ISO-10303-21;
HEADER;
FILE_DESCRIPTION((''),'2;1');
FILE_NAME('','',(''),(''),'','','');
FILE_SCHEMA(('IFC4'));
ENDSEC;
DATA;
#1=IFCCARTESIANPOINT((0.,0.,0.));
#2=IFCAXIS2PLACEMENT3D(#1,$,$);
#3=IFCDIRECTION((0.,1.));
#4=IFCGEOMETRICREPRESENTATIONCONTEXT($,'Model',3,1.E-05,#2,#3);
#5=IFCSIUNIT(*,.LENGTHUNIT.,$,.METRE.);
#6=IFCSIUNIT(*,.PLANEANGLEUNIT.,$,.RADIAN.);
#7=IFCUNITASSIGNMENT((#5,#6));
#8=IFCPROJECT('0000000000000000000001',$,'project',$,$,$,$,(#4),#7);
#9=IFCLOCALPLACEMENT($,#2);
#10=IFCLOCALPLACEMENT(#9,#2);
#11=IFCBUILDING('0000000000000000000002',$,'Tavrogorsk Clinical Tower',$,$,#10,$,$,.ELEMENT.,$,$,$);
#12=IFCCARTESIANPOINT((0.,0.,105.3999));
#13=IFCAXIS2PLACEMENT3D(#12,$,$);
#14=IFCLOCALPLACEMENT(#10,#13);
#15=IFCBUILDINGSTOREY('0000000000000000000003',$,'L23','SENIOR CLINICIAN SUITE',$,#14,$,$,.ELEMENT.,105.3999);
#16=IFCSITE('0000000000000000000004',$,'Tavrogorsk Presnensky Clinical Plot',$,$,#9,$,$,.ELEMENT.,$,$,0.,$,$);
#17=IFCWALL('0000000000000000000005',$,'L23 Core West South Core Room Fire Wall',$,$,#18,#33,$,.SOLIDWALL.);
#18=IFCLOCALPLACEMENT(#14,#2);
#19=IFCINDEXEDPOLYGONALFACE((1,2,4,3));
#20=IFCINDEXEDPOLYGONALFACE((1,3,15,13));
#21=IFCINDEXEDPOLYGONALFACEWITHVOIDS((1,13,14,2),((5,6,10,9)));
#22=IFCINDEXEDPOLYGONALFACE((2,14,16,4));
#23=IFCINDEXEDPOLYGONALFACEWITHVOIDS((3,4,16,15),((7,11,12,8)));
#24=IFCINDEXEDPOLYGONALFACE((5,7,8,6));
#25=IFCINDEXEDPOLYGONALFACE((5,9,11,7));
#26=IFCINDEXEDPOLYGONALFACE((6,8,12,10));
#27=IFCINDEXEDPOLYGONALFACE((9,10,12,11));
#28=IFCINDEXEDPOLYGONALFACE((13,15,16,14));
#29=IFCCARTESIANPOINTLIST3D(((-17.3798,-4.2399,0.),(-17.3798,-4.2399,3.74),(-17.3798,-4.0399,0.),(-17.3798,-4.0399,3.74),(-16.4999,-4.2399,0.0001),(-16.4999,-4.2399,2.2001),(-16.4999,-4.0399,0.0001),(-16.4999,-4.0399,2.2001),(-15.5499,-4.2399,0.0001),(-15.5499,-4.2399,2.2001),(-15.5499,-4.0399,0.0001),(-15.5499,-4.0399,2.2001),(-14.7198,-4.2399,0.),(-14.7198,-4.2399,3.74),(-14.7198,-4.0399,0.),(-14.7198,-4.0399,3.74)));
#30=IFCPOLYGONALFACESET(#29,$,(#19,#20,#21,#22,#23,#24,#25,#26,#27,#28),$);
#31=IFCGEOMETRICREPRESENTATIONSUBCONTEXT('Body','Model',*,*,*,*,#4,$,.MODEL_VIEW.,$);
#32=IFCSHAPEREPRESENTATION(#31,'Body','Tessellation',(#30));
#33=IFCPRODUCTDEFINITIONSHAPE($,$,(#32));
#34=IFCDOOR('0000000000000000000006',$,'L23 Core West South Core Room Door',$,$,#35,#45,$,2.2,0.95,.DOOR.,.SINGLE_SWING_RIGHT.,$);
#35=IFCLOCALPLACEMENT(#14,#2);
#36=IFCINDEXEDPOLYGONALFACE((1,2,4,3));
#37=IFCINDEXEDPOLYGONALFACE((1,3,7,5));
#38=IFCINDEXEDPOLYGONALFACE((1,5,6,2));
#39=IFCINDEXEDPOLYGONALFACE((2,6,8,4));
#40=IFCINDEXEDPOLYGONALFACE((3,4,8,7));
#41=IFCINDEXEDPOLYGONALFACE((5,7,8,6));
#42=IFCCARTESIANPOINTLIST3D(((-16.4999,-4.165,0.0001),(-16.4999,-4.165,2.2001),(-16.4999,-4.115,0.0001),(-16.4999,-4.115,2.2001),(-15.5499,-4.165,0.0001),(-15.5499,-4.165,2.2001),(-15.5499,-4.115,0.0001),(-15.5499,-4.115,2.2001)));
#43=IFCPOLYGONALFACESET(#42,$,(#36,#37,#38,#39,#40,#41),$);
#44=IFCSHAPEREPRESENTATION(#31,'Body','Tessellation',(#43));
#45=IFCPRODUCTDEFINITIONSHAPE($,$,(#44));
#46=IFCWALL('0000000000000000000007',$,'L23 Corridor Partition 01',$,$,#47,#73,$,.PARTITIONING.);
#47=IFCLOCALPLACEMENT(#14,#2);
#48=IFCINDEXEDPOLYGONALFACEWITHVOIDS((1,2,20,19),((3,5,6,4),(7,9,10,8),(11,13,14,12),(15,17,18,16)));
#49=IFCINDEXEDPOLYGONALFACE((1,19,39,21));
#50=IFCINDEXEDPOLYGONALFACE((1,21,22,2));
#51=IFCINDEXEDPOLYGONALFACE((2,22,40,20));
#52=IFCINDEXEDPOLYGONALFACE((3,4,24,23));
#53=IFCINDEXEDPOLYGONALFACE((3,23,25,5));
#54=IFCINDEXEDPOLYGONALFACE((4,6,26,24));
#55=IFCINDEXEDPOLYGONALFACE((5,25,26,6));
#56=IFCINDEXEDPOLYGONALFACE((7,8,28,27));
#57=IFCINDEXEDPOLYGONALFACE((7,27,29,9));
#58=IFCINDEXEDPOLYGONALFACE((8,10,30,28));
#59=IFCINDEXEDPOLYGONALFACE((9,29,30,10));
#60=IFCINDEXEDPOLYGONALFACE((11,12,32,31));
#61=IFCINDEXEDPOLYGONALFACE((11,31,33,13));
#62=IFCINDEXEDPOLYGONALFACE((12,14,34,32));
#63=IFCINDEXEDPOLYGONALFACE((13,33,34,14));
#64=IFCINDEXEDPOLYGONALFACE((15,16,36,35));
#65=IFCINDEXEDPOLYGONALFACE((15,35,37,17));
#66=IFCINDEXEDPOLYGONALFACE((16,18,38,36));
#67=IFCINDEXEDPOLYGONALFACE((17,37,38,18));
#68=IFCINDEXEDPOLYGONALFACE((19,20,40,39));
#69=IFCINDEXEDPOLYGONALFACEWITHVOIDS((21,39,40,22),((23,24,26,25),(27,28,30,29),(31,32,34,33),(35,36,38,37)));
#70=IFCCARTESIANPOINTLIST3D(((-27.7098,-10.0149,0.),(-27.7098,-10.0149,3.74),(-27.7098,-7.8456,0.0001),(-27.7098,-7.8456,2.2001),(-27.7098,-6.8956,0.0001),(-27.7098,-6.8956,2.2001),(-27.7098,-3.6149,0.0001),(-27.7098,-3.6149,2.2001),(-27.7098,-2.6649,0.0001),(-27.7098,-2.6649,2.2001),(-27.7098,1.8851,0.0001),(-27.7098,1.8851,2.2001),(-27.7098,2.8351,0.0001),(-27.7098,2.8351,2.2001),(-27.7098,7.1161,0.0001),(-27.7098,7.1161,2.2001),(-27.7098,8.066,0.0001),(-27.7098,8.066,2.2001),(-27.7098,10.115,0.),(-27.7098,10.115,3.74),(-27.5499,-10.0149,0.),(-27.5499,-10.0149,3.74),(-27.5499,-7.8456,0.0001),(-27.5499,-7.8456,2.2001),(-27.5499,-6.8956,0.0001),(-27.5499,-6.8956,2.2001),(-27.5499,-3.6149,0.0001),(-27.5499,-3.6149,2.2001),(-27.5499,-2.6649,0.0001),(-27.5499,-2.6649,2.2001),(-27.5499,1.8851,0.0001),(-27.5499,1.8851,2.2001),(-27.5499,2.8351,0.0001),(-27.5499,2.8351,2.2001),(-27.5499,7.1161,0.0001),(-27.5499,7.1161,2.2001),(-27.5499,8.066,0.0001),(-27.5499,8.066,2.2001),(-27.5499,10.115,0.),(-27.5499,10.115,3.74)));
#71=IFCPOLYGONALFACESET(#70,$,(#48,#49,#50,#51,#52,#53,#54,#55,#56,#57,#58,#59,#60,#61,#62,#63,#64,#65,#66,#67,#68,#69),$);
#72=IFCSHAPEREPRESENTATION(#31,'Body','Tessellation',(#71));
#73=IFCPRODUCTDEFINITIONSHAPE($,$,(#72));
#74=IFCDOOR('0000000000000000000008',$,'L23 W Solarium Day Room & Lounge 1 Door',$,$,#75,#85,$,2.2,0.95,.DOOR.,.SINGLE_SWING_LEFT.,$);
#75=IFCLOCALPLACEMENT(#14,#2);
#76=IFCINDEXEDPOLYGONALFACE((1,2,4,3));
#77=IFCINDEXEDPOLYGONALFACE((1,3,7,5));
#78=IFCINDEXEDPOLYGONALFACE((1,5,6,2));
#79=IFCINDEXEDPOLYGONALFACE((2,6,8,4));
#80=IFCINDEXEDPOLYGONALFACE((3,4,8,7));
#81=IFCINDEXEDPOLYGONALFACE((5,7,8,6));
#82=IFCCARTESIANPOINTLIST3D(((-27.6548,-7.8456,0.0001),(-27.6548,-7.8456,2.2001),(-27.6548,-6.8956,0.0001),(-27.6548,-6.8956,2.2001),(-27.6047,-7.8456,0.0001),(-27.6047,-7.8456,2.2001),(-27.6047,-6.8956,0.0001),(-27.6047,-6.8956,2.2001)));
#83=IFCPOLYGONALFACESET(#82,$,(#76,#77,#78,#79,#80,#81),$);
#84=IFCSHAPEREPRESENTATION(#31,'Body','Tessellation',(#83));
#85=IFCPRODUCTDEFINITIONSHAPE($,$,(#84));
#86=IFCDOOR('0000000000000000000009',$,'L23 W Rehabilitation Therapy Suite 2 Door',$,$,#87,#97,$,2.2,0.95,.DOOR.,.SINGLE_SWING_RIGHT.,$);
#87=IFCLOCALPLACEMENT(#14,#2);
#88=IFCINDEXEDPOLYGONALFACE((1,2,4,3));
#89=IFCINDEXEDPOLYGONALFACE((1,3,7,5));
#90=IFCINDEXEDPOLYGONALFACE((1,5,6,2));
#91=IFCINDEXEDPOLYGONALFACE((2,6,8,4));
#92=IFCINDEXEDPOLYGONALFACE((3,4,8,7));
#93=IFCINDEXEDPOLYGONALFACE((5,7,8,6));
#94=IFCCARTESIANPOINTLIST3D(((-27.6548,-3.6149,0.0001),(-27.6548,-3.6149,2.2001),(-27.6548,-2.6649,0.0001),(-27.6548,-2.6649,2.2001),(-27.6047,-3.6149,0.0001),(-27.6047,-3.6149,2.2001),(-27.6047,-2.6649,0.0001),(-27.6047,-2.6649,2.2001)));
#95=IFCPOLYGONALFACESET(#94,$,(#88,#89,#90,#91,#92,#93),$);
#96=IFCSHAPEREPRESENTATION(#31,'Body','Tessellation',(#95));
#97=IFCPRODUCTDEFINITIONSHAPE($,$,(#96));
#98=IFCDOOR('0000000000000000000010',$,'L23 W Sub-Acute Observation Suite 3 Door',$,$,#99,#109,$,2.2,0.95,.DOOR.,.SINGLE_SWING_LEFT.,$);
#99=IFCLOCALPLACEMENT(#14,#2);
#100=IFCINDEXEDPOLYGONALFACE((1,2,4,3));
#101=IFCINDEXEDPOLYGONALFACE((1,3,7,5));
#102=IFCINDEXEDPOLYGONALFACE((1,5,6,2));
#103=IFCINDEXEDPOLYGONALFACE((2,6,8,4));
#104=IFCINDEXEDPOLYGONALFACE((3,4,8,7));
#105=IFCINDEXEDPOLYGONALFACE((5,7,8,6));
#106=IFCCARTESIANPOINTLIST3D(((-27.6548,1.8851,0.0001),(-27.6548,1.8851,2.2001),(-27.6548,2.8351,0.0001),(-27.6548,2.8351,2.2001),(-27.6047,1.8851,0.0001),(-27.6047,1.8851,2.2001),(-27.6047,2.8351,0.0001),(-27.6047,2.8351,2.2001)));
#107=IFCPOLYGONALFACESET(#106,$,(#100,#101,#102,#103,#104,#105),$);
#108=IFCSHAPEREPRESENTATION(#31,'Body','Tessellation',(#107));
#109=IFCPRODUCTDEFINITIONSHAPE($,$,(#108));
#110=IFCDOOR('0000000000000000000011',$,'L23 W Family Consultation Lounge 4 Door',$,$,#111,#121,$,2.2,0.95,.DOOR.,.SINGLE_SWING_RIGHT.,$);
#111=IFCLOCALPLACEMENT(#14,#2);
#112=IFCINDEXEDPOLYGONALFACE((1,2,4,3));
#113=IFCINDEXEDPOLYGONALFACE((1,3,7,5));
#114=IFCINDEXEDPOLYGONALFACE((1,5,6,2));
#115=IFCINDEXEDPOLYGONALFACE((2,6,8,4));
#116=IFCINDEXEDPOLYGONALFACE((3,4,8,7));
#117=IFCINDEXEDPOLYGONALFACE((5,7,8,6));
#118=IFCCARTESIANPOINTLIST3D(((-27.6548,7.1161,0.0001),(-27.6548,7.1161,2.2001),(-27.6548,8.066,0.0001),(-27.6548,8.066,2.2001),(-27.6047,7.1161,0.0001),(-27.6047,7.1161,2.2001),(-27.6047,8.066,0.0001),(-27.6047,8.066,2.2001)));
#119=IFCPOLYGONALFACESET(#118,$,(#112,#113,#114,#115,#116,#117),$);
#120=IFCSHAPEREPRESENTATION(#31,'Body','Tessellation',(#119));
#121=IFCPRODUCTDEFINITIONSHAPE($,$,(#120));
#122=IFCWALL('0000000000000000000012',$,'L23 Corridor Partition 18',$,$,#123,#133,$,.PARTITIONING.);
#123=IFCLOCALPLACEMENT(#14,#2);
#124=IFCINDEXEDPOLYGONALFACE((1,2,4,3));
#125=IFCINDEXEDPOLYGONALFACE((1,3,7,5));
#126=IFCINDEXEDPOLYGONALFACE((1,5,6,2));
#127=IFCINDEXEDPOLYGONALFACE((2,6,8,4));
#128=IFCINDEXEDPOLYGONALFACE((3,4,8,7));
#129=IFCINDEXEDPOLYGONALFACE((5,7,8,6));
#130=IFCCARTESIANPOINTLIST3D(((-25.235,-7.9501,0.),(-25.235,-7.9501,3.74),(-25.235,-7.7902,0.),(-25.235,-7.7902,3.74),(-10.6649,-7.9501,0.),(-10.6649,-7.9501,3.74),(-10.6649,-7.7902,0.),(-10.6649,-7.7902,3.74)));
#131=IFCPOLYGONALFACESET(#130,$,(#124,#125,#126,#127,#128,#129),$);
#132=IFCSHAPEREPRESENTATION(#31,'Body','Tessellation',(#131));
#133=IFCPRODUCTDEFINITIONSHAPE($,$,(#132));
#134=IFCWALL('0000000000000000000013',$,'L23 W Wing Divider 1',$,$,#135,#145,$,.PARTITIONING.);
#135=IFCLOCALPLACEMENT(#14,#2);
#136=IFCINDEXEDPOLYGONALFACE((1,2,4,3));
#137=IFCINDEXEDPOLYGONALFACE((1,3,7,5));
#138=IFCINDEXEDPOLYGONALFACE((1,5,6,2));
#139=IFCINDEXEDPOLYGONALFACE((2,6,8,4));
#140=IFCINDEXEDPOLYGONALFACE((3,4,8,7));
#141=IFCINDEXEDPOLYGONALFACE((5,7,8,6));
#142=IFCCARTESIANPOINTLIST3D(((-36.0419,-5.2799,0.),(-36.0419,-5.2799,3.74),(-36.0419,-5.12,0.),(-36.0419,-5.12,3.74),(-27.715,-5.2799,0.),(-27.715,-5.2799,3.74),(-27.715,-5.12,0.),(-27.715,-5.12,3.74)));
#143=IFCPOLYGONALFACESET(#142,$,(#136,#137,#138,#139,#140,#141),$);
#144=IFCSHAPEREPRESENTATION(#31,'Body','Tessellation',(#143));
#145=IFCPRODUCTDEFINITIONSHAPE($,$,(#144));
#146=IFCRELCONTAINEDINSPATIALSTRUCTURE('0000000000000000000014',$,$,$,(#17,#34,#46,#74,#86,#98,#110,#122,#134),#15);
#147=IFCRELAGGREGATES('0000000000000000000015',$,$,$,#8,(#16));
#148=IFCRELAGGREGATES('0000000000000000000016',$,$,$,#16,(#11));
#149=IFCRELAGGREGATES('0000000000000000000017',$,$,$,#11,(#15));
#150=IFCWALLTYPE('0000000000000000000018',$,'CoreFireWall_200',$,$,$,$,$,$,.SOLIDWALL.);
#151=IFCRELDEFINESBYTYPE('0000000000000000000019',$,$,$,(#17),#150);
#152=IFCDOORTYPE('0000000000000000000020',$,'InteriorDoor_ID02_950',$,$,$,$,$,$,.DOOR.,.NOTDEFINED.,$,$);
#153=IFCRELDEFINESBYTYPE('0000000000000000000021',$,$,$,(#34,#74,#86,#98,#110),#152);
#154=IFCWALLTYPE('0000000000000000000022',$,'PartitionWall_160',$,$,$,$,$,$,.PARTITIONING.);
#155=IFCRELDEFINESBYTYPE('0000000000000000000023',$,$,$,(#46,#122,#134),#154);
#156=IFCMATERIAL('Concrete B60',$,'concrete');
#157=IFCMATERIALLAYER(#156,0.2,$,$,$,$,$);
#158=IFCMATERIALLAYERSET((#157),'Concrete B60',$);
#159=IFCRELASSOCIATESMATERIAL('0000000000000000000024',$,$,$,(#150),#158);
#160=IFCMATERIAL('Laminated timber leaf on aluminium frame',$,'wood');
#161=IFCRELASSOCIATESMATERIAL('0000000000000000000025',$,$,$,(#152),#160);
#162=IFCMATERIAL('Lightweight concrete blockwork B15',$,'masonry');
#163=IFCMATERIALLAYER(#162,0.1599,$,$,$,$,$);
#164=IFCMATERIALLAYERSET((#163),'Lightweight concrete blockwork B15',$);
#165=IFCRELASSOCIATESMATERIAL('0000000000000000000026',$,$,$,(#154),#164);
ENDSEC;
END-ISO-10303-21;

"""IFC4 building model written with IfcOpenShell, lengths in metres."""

from ifc_helpers import new_model, si_unit, direction, frame, frame_2d, origin, place, context, subcontext, project, spatial, rectangle, extrude, material, layer, layer_set, type_object, element, fill, save


model = new_model("IFC4")

# Units and contexts
model_context = context("Model", 3, precision=1e-05, world=origin(), true_north=direction((0.0, 1.0)))
body_context = subcontext(model_context, "Body", "Model", "MODEL_VIEW")
ifc_project = project(units=[si_unit("LENGTHUNIT", "METRE"), si_unit("PLANEANGLEUNIT", "RADIAN")], contexts=[model_context])

# Site, building, storey
site_placement = place(None, origin())
site = spatial("IfcSite", under=ifc_project, at=site_placement, Name="Tavrogorsk Presnensky Clinical Plot", CompositionType="ELEMENT", RefElevation=0.0)
building_placement = place(site_placement, origin())
building = spatial("IfcBuilding", under=site, at=building_placement, Name="Tavrogorsk Clinical Tower", CompositionType="ELEMENT")
storey_placement = place(building_placement, frame((0.0, 0.0, 105.3999)))
storey = spatial("IfcBuildingStorey", under=building, at=storey_placement, Name="L23", Description="SENIOR CLINICIAN SUITE", CompositionType="ELEMENT", Elevation=105.3999)

# Wall, opening, door
ifc_material_1 = material(Name="Concrete B60", Category="concrete")
ifc_layer_1 = layer(ifc_material_1, 0.2)
ifc_layer_set_1 = layer_set([ifc_layer_1], Name="Concrete B60")
wall_type_1 = type_object("IfcWallType", Name="CoreFireWall_200", PredefinedType="SOLIDWALL", material=ifc_layer_set_1)
wall_1_placement = place(storey_placement, frame((-17.3799, -4.1399, 0.0), z_axis=(0.0, 0.0, 1.0), x_axis=(1.0, 0.0, 0.0)))
wall_1 = element("IfcWall", 1, at=wall_1_placement, inside=storey, type_object=wall_type_1, Name="L23 Core West South Core Room Fire Wall", PredefinedType="SOLIDWALL", context=body_context, shape_type="SweptSolid", body=[
    extrude(rectangle(XDim=2.6599, YDim=0.2, at=frame_2d((1.3301, 0.0))), origin(), (0.0, 0.0, 1.0), 3.74),
])
opening_1_placement = place(wall_1_placement, frame((0.8799, 0.0, 0.0)))
opening_1 = element("IfcOpeningElement", 2, at=opening_1_placement, cuts=wall_1, PredefinedType="OPENING", context=body_context, shape_type="SweptSolid", body=[
    extrude(rectangle(XDim=0.95, YDim=2.2, at=frame_2d((0.4751, 1.1001))), frame((0.0, 0.1099, 0.0), z_axis=(0.0, -1.0, 0.0), x_axis=(1.0, 0.0, 0.0)), (0.0, 0.0, 1.0), 0.22),
])
ifc_material_2 = material(Name="Laminated timber leaf on aluminium frame", Category="wood")
door_type_1 = type_object("IfcDoorType", Name="InteriorDoor_ID02_950", OperationType="NOTDEFINED", PredefinedType="DOOR", material=ifc_material_2)
door_1_placement = place(opening_1_placement, origin())
door_1 = element("IfcDoor", 3, at=door_1_placement, inside=storey, type_object=door_type_1, Name="L23 Core West South Core Room Door", OperationType="SINGLE_SWING_RIGHT", OverallHeight=2.2, OverallWidth=0.95, PredefinedType="DOOR", context=body_context, shape_type="SweptSolid", body=[
    extrude(rectangle(XDim=0.95, YDim=2.2, at=frame_2d((0.4751, 1.1001))), frame((0.0, 0.0249, 0.0), z_axis=(0.0, -1.0, 0.0), x_axis=(1.0, 0.0, 0.0)), (0.0, 0.0, 1.0), 0.05),
])
fill(opening_1, door_1)

# Wall, openings, doors
ifc_material_3 = material(Name="Lightweight concrete blockwork B15", Category="masonry")
ifc_layer_2 = layer(ifc_material_3, 0.1599)
ifc_layer_set_2 = layer_set([ifc_layer_2], Name="Lightweight concrete blockwork B15")
wall_type_2 = type_object("IfcWallType", Name="PartitionWall_160", PredefinedType="PARTITIONING", material=ifc_layer_set_2)
wall_2_placement = place(storey_placement, frame((-27.6299, -10.0149, 0.0), z_axis=(0.0, 0.0, 1.0), x_axis=(0.0, 1.0, 0.0)))
wall_2 = element("IfcWall", 4, at=wall_2_placement, inside=storey, type_object=wall_type_2, Name="L23 Corridor Partition 01", PredefinedType="PARTITIONING", context=body_context, shape_type="SweptSolid", body=[
    extrude(rectangle(XDim=20.1299, YDim=0.1599, at=frame_2d((10.0649, 0.0))), origin(), (0.0, 0.0, 1.0), 3.74),
])
opening_2_placement = place(wall_2_placement, frame((2.1692, 0.0, 0.0)))
opening_2 = element("IfcOpeningElement", 5, at=opening_2_placement, cuts=wall_2, PredefinedType="OPENING", context=body_context, shape_type="SweptSolid", body=[
    extrude(rectangle(XDim=0.95, YDim=2.2, at=frame_2d((0.4751, 1.1001))), frame((0.0, 0.0898, 0.0), z_axis=(0.0, -1.0, 0.0), x_axis=(1.0, 0.0, 0.0)), (0.0, 0.0, 1.0), 0.1799),
])
opening_3_placement = place(wall_2_placement, frame((6.3999, 0.0, 0.0)))
opening_3 = element("IfcOpeningElement", 6, at=opening_3_placement, cuts=wall_2, PredefinedType="OPENING", context=body_context, shape_type="SweptSolid", body=[
    extrude(rectangle(XDim=0.95, YDim=2.2, at=frame_2d((0.4751, 1.1001))), frame((0.0, 0.0898, 0.0), z_axis=(0.0, -1.0, 0.0), x_axis=(1.0, 0.0, 0.0)), (0.0, 0.0, 1.0), 0.1799),
])
opening_4_placement = place(wall_2_placement, frame((11.8999, 0.0, 0.0)))
opening_4 = element("IfcOpeningElement", 7, at=opening_4_placement, cuts=wall_2, PredefinedType="OPENING", context=body_context, shape_type="SweptSolid", body=[
    extrude(rectangle(XDim=0.95, YDim=2.2, at=frame_2d((0.4751, 1.1001))), frame((0.0, 0.0898, 0.0), z_axis=(0.0, -1.0, 0.0), x_axis=(1.0, 0.0, 0.0)), (0.0, 0.0, 1.0), 0.1799),
])
opening_5_placement = place(wall_2_placement, frame((17.1309, 0.0, 0.0)))
opening_5 = element("IfcOpeningElement", 8, at=opening_5_placement, cuts=wall_2, PredefinedType="OPENING", context=body_context, shape_type="SweptSolid", body=[
    extrude(rectangle(XDim=0.95, YDim=2.2, at=frame_2d((0.4751, 1.1001))), frame((0.0, 0.0898, 0.0), z_axis=(0.0, -1.0, 0.0), x_axis=(1.0, 0.0, 0.0)), (0.0, 0.0, 1.0), 0.1799),
])
door_2_placement = place(opening_2_placement, origin())
door_2 = element("IfcDoor", 9, at=door_2_placement, inside=storey, type_object=door_type_1, Name="L23 W Solarium Day Room & Lounge 1 Door", OperationType="SINGLE_SWING_LEFT", OverallHeight=2.2, OverallWidth=0.95, PredefinedType="DOOR", context=body_context, shape_type="SweptSolid", body=[
    extrude(rectangle(XDim=0.95, YDim=2.2, at=frame_2d((0.4751, 1.1001))), frame((0.0, 0.0249, 0.0), z_axis=(0.0, -1.0, 0.0), x_axis=(1.0, 0.0, 0.0)), (0.0, 0.0, 1.0), 0.05),
])
fill(opening_2, door_2)
door_3_placement = place(opening_3_placement, origin())
door_3 = element("IfcDoor", 10, at=door_3_placement, inside=storey, type_object=door_type_1, Name="L23 W Rehabilitation Therapy Suite 2 Door", OperationType="SINGLE_SWING_RIGHT", OverallHeight=2.2, OverallWidth=0.95, PredefinedType="DOOR", context=body_context, shape_type="SweptSolid", body=[
    extrude(rectangle(XDim=0.95, YDim=2.2, at=frame_2d((0.4751, 1.1001))), frame((0.0, 0.0249, 0.0), z_axis=(0.0, -1.0, 0.0), x_axis=(1.0, 0.0, 0.0)), (0.0, 0.0, 1.0), 0.05),
])
fill(opening_3, door_3)
door_4_placement = place(opening_4_placement, origin())
door_4 = element("IfcDoor", 11, at=door_4_placement, inside=storey, type_object=door_type_1, Name="L23 W Sub-Acute Observation Suite 3 Door", OperationType="SINGLE_SWING_LEFT", OverallHeight=2.2, OverallWidth=0.95, PredefinedType="DOOR", context=body_context, shape_type="SweptSolid", body=[
    extrude(rectangle(XDim=0.95, YDim=2.2, at=frame_2d((0.4751, 1.1001))), frame((0.0, 0.0249, 0.0), z_axis=(0.0, -1.0, 0.0), x_axis=(1.0, 0.0, 0.0)), (0.0, 0.0, 1.0), 0.05),
])
fill(opening_4, door_4)
door_5_placement = place(opening_5_placement, origin())
door_5 = element("IfcDoor", 12, at=door_5_placement, inside=storey, type_object=door_type_1, Name="L23 W Family Consultation Lounge 4 Door", OperationType="SINGLE_SWING_RIGHT", OverallHeight=2.2, OverallWidth=0.95, PredefinedType="DOOR", context=body_context, shape_type="SweptSolid", body=[
    extrude(rectangle(XDim=0.95, YDim=2.2, at=frame_2d((0.4751, 1.1001))), frame((0.0, 0.0249, 0.0), z_axis=(0.0, -1.0, 0.0), x_axis=(1.0, 0.0, 0.0)), (0.0, 0.0, 1.0), 0.05),
])
fill(opening_5, door_5)

# Walls
wall_3_placement = place(storey_placement, frame((-25.2351, -7.8701, 0.0), z_axis=(0.0, 0.0, 1.0), x_axis=(1.0, 0.0, 0.0)))
element("IfcWall", 13, at=wall_3_placement, inside=storey, type_object=wall_type_2, Name="L23 Corridor Partition 18", PredefinedType="PARTITIONING", context=body_context, shape_type="SweptSolid", body=[
    extrude(rectangle(XDim=14.5701, YDim=0.1599, at=frame_2d((7.2852, 0.0))), origin(), (0.0, 0.0, 1.0), 3.74),
])
wall_4_placement = place(storey_placement, frame((-36.042, -5.2, 0.0), z_axis=(0.0, 0.0, 1.0), x_axis=(1.0, 0.0, 0.0)))
element("IfcWall", 14, at=wall_4_placement, inside=storey, type_object=wall_type_2, Name="L23 W Wing Divider 1", PredefinedType="PARTITIONING", context=body_context, shape_type="SweptSolid", body=[
    extrude(rectangle(XDim=8.3269, YDim=0.1599, at=frame_2d((4.1636, 0.0))), origin(), (0.0, 0.0, 1.0), 3.74),
])

save(model, "model.ifc")
